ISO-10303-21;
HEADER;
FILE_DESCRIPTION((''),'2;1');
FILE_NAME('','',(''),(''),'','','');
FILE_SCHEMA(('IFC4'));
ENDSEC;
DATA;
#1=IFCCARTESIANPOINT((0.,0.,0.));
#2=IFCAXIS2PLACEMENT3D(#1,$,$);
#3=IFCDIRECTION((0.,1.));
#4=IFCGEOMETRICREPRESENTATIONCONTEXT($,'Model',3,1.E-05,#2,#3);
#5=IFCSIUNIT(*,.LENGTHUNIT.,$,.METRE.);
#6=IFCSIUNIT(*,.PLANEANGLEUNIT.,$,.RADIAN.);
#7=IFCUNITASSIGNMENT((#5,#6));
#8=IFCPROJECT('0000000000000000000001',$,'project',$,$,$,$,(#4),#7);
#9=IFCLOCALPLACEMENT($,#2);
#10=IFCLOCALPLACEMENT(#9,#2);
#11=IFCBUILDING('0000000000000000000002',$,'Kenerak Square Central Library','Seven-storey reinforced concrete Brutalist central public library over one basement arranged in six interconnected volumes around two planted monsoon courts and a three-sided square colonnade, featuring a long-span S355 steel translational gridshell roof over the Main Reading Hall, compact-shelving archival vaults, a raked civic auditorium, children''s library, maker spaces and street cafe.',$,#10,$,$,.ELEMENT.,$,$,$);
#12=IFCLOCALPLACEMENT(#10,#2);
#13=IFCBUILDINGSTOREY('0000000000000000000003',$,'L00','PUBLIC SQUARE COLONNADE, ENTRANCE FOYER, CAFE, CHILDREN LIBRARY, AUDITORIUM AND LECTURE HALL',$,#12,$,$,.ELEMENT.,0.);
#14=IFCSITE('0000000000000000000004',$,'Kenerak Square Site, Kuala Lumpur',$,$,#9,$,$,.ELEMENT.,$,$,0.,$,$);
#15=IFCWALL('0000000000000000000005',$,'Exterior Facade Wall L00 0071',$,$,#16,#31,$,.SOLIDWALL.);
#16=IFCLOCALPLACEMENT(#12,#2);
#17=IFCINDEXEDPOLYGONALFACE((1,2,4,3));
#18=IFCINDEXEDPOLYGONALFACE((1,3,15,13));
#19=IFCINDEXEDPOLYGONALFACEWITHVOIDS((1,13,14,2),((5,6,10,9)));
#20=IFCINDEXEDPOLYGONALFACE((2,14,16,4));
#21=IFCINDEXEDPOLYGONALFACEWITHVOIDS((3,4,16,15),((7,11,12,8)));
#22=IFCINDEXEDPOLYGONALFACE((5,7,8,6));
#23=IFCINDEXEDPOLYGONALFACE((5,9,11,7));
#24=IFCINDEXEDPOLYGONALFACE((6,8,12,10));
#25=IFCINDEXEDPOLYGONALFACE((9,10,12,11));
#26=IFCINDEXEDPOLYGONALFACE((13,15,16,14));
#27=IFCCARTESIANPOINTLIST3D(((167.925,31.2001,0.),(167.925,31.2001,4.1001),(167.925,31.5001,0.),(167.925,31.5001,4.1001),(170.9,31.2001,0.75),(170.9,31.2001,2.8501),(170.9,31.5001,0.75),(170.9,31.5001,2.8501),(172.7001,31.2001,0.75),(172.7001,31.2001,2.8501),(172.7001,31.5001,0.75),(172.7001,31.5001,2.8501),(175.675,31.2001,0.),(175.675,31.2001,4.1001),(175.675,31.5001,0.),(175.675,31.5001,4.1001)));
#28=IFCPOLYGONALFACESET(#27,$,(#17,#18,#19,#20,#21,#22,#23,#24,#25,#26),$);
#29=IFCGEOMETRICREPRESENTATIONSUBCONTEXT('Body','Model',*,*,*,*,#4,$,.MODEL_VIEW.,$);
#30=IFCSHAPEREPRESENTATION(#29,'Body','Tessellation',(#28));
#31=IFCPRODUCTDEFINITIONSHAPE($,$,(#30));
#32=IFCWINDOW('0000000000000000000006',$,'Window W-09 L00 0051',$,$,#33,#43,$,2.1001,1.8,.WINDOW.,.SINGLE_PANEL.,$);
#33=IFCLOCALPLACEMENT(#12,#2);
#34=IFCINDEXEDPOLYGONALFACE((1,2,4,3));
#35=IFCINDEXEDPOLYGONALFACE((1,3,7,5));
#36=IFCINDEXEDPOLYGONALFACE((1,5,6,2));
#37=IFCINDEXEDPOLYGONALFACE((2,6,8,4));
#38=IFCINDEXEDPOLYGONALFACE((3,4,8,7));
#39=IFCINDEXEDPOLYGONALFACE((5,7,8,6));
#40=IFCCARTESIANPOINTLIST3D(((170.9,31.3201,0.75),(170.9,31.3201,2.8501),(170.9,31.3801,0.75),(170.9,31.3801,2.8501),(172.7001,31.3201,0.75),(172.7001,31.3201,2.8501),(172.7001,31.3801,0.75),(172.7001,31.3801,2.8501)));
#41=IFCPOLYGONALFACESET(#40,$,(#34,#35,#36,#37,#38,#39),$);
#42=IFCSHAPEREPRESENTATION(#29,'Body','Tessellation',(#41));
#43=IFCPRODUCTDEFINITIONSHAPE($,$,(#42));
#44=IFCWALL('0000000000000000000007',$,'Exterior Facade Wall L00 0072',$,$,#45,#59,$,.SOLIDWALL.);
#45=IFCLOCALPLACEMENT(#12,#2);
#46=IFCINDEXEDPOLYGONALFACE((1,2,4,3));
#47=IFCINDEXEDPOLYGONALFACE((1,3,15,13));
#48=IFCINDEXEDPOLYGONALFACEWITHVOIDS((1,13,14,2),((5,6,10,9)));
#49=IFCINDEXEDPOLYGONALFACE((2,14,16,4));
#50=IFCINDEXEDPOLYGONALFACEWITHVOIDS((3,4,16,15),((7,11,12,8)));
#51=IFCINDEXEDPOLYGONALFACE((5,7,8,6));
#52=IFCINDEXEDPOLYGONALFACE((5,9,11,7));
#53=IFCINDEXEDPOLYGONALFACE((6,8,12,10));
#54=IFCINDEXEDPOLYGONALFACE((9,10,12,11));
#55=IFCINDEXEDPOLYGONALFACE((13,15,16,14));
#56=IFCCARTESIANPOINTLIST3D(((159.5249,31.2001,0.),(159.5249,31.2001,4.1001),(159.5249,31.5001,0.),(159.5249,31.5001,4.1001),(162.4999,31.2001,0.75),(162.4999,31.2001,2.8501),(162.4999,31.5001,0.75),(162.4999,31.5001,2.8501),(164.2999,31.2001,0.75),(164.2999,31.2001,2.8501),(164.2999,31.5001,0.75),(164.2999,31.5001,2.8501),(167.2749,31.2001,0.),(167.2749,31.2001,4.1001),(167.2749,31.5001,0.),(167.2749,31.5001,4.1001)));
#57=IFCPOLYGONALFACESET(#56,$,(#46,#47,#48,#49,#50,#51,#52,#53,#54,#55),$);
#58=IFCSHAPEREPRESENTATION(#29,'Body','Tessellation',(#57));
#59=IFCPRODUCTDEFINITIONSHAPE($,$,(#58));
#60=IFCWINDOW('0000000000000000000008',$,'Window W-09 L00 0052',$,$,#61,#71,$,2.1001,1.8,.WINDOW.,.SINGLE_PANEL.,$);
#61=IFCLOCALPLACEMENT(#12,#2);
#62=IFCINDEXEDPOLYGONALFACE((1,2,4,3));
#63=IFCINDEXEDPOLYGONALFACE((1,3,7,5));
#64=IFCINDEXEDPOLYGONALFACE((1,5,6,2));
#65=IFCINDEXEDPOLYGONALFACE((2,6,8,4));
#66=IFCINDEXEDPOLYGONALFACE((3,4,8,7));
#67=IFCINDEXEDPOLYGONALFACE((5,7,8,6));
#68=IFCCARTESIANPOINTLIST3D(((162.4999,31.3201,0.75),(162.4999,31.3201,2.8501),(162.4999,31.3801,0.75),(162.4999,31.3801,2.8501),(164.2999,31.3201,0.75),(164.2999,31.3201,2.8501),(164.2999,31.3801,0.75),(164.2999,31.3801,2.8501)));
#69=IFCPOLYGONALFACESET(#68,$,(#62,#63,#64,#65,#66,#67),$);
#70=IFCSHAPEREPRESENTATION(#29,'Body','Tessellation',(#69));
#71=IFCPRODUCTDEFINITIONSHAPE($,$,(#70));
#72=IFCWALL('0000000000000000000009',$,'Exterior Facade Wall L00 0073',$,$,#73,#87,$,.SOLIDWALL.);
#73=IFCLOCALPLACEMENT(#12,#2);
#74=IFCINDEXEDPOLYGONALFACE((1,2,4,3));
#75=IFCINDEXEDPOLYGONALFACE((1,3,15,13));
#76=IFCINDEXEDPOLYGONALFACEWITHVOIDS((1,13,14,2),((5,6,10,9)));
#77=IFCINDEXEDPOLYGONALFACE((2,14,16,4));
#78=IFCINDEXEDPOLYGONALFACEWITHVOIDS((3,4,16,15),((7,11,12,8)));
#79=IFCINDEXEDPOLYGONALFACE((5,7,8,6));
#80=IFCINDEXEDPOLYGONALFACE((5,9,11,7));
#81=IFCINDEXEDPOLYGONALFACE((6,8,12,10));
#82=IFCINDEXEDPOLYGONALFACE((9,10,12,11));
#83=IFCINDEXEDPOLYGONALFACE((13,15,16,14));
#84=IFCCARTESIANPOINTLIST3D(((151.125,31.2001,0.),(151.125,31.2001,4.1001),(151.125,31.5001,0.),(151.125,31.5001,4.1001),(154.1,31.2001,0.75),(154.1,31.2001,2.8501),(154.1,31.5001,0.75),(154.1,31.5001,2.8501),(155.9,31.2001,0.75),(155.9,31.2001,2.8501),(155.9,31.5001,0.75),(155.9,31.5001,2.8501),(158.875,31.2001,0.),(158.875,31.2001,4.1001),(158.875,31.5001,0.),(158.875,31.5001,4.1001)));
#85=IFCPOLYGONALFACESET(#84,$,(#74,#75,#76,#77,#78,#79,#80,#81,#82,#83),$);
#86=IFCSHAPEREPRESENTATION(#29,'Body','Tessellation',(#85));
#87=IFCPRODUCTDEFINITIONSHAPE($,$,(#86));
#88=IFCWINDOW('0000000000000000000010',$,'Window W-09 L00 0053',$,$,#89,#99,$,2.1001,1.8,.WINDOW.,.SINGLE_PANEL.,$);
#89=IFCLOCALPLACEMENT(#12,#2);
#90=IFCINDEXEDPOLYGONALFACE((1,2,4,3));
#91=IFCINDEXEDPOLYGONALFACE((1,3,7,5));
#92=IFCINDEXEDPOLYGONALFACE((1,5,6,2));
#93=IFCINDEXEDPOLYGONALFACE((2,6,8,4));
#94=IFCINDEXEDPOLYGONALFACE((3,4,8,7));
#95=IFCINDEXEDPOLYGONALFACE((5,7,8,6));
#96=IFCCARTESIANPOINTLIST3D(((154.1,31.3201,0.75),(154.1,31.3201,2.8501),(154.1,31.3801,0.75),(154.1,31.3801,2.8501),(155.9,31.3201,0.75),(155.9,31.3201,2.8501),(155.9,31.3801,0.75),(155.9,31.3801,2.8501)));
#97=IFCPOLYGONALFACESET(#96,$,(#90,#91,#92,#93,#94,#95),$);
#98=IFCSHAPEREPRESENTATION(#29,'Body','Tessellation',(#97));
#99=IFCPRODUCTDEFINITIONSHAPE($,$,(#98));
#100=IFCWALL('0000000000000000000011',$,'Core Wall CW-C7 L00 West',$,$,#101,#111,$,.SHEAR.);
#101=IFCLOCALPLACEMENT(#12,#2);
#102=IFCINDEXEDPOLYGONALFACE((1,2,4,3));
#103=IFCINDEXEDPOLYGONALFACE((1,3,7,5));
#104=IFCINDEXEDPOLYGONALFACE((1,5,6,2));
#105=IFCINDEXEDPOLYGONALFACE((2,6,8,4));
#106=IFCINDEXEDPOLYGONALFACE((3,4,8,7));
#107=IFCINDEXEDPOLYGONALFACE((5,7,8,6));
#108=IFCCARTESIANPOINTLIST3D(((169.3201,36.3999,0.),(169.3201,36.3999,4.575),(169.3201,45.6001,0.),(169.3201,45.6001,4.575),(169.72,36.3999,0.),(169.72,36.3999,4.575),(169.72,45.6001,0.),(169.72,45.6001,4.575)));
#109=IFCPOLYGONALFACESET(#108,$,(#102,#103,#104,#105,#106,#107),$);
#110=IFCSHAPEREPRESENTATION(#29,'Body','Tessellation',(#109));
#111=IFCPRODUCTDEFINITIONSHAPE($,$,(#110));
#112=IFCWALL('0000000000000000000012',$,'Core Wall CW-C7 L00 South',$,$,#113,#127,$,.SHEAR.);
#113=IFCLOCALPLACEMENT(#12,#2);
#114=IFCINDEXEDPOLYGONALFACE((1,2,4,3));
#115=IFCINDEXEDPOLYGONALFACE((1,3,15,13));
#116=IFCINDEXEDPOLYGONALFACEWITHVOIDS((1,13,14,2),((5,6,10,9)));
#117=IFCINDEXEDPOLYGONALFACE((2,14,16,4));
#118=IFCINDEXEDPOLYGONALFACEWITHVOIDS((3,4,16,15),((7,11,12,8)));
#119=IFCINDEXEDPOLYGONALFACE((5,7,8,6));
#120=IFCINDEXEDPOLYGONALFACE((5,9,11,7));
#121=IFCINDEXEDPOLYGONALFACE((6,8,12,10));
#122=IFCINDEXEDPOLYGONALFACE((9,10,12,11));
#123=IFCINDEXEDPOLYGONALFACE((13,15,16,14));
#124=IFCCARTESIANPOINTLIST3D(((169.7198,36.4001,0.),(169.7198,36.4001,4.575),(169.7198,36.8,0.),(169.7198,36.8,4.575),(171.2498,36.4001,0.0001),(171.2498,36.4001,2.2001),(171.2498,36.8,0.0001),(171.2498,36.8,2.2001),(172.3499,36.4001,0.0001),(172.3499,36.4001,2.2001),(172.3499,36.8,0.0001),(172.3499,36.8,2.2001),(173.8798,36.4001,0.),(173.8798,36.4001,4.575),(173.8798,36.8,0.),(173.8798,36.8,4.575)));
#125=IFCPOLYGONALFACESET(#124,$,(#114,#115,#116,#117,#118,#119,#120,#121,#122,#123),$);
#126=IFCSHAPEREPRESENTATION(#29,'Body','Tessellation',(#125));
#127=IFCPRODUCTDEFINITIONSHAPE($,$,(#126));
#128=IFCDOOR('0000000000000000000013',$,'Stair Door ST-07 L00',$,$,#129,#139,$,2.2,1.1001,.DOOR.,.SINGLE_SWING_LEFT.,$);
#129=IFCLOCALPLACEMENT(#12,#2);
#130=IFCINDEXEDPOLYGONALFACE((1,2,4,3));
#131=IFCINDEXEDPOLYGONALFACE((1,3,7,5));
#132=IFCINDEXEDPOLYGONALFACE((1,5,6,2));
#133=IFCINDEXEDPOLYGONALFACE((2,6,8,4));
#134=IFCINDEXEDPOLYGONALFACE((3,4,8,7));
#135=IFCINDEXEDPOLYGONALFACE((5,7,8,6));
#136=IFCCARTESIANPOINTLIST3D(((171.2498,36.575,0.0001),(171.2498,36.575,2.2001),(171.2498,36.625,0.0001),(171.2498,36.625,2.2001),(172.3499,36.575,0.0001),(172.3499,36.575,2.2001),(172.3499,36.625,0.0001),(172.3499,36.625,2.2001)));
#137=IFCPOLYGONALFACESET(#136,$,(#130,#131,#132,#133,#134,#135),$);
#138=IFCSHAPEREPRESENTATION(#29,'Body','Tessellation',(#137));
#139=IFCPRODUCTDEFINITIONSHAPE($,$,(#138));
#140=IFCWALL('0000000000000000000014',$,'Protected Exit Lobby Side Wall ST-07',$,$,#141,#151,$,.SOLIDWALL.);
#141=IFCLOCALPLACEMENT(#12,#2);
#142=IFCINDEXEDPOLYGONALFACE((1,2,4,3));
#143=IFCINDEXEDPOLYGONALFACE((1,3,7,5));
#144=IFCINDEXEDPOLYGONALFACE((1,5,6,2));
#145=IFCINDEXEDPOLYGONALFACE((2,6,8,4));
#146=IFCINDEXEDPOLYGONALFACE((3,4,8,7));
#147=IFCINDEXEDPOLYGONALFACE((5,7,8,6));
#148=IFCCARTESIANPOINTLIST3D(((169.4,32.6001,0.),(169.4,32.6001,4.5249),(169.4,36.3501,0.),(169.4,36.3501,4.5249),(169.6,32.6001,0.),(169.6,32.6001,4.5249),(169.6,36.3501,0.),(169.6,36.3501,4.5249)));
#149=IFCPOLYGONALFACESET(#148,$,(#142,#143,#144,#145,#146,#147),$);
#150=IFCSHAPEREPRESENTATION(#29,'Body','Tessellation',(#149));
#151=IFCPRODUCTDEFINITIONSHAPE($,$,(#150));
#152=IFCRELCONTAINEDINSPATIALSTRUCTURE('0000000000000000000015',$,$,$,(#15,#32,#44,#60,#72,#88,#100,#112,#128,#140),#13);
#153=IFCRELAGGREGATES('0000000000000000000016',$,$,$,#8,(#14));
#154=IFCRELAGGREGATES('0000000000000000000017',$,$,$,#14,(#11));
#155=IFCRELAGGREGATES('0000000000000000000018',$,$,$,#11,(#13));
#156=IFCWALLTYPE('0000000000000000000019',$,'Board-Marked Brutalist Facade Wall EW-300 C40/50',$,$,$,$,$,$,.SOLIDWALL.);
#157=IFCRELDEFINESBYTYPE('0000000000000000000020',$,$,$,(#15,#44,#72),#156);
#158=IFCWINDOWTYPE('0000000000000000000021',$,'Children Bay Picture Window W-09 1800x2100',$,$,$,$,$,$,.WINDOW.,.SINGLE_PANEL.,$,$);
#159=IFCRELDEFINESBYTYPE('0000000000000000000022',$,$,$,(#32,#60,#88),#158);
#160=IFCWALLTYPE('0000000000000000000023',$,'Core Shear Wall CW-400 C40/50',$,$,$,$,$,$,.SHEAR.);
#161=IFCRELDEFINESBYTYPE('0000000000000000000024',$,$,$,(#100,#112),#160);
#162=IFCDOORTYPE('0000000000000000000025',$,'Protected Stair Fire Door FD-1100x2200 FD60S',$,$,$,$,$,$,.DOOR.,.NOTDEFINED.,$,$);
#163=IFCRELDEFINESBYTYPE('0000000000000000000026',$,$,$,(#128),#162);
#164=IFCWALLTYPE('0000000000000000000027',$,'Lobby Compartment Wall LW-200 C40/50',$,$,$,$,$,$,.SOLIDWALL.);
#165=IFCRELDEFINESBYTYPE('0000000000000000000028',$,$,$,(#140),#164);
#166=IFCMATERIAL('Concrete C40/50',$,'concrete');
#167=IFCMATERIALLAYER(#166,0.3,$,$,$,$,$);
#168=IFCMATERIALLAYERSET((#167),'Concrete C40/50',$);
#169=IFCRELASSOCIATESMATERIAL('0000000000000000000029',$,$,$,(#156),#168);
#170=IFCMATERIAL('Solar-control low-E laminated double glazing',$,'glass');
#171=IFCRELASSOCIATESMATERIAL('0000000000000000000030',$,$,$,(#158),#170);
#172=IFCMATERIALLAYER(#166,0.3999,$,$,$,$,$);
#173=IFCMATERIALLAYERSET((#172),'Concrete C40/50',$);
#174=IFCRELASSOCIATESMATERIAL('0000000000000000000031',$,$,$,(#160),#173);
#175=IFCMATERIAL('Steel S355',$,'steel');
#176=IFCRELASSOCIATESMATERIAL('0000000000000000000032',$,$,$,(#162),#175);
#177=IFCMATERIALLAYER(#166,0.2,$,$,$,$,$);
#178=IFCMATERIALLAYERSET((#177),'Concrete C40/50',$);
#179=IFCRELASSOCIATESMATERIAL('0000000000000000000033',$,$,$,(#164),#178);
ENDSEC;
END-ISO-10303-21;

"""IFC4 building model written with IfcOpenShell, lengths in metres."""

from ifc_helpers import new_model, si_unit, direction, frame, frame_2d, origin, place, context, subcontext, project, spatial, rectangle, extrude, material, layer, layer_set, type_object, element, fill, save


model = new_model("IFC4")

# Units and contexts
model_context = context("Model", 3, precision=1e-05, world=origin(), true_north=direction((0.0, 1.0)))
body_context = subcontext(model_context, "Body", "Model", "MODEL_VIEW")
ifc_project = project(units=[si_unit("LENGTHUNIT", "METRE"), si_unit("PLANEANGLEUNIT", "RADIAN")], contexts=[model_context])

# Site, building, storey
site_placement = place(None, origin())
site = spatial("IfcSite", under=ifc_project, at=site_placement, Name="Kenerak Square Site, Kuala Lumpur", CompositionType="ELEMENT", RefElevation=0.0)
building_placement = place(site_placement, origin())
building = spatial("IfcBuilding", under=site, at=building_placement, Name="Kenerak Square Central Library", Description="Seven-storey reinforced concrete Brutalist central public library over one basement arranged in six interconnected volumes around two planted monsoon courts and a three-sided square colonnade, featuring a long-span S355 steel translational gridshell roof over the Main Reading Hall, compact-shelving archival vaults, a raked civic auditorium, children's library, maker spaces and street cafe.", CompositionType="ELEMENT")
storey_placement = place(building_placement, origin())
storey = spatial("IfcBuildingStorey", under=building, at=storey_placement, Name="L00", Description="PUBLIC SQUARE COLONNADE, ENTRANCE FOYER, CAFE, CHILDREN LIBRARY, AUDITORIUM AND LECTURE HALL", CompositionType="ELEMENT", Elevation=0.0)

# Shared definitions
ifc_material_1 = material(Name="Concrete C40/50", Category="concrete")

# Shared definitions
ifc_layer_1 = layer(ifc_material_1, 0.3)
ifc_layer_set_1 = layer_set([ifc_layer_1], Name="Concrete C40/50")
wall_type_1 = type_object("IfcWallType", Name="Board-Marked Brutalist Facade Wall EW-300 C40/50", PredefinedType="SOLIDWALL", material=ifc_layer_set_1)

# Walls, openings, windows
wall_1_placement = place(storey_placement, frame((175.675, 31.3501, 0.0), z_axis=(0.0, 0.0, 1.0), x_axis=(-1.0, 0.0, 0.0)))
wall_1 = element("IfcWall", 1, at=wall_1_placement, inside=storey, type_object=wall_type_1, Name="Exterior Facade Wall L00 0071", PredefinedType="SOLIDWALL", context=body_context, shape_type="SweptSolid", body=[
    extrude(rectangle(XDim=7.75, YDim=0.3, at=frame_2d((3.875, 0.0))), origin(), (0.0, 0.0, 1.0), 4.1001),
])
opening_1_placement = place(wall_1_placement, frame((2.9751, 0.0, 0.75)))
opening_1 = element("IfcOpeningElement", 2, at=opening_1_placement, cuts=wall_1, PredefinedType="OPENING", context=body_context, shape_type="SweptSolid", body=[
    extrude(rectangle(XDim=1.8, YDim=2.1001, at=frame_2d((0.8999, 1.05))), frame((0.0, 0.1599, 0.0), z_axis=(0.0, -1.0, 0.0), x_axis=(1.0, 0.0, 0.0)), (0.0, 0.0, 1.0), 0.3201),
])
ifc_material_2 = material(Name="Solar-control low-E laminated double glazing", Category="glass")
window_type = type_object("IfcWindowType", Name="Children Bay Picture Window W-09 1800x2100", PartitioningType="SINGLE_PANEL", PredefinedType="WINDOW", material=ifc_material_2)
window_1_placement = place(opening_1_placement, origin())
window_1 = element("IfcWindow", 3, at=window_1_placement, inside=storey, type_object=window_type, Name="Window W-09 L00 0051", OverallHeight=2.1001, OverallWidth=1.8, PartitioningType="SINGLE_PANEL", PredefinedType="WINDOW", context=body_context, shape_type="SweptSolid", body=[
    extrude(rectangle(XDim=1.8, YDim=2.1001, at=frame_2d((0.8999, 1.05))), frame((0.0, 0.03, 0.0), z_axis=(0.0, -1.0, 0.0), x_axis=(1.0, 0.0, 0.0)), (0.0, 0.0, 1.0), 0.0601),
])
fill(opening_1, window_1)
wall_2_placement = place(storey_placement, frame((167.2749, 31.3501, 0.0), z_axis=(0.0, 0.0, 1.0), x_axis=(-1.0, 0.0, 0.0)))
wall_2 = element("IfcWall", 4, at=wall_2_placement, inside=storey, type_object=wall_type_1, Name="Exterior Facade Wall L00 0072", PredefinedType="SOLIDWALL", context=body_context, shape_type="SweptSolid", body=[
    extrude(rectangle(XDim=7.75, YDim=0.3, at=frame_2d((3.875, 0.0))), origin(), (0.0, 0.0, 1.0), 4.1001),
])
opening_2_placement = place(wall_2_placement, frame((2.9751, 0.0, 0.75)))
opening_2 = element("IfcOpeningElement", 5, at=opening_2_placement, cuts=wall_2, PredefinedType="OPENING", context=body_context, shape_type="SweptSolid", body=[
    extrude(rectangle(XDim=1.8, YDim=2.1001, at=frame_2d((0.8999, 1.05))), frame((0.0, 0.1599, 0.0), z_axis=(0.0, -1.0, 0.0), x_axis=(1.0, 0.0, 0.0)), (0.0, 0.0, 1.0), 0.3201),
])
window_2_placement = place(opening_2_placement, origin())
window_2 = element("IfcWindow", 6, at=window_2_placement, inside=storey, type_object=window_type, Name="Window W-09 L00 0052", OverallHeight=2.1001, OverallWidth=1.8, PartitioningType="SINGLE_PANEL", PredefinedType="WINDOW", context=body_context, shape_type="SweptSolid", body=[
    extrude(rectangle(XDim=1.8, YDim=2.1001, at=frame_2d((0.8999, 1.05))), frame((0.0, 0.03, 0.0), z_axis=(0.0, -1.0, 0.0), x_axis=(1.0, 0.0, 0.0)), (0.0, 0.0, 1.0), 0.0601),
])
fill(opening_2, window_2)
wall_3_placement = place(storey_placement, frame((158.875, 31.3501, 0.0), z_axis=(0.0, 0.0, 1.0), x_axis=(-1.0, 0.0, 0.0)))
wall_3 = element("IfcWall", 7, at=wall_3_placement, inside=storey, type_object=wall_type_1, Name="Exterior Facade Wall L00 0073", PredefinedType="SOLIDWALL", context=body_context, shape_type="SweptSolid", body=[
    extrude(rectangle(XDim=7.75, YDim=0.3, at=frame_2d((3.875, 0.0))), origin(), (0.0, 0.0, 1.0), 4.1001),
])
opening_3_placement = place(wall_3_placement, frame((2.9751, 0.0, 0.75)))
opening_3 = element("IfcOpeningElement", 8, at=opening_3_placement, cuts=wall_3, PredefinedType="OPENING", context=body_context, shape_type="SweptSolid", body=[
    extrude(rectangle(XDim=1.8, YDim=2.1001, at=frame_2d((0.8999, 1.05))), frame((0.0, 0.1599, 0.0), z_axis=(0.0, -1.0, 0.0), x_axis=(1.0, 0.0, 0.0)), (0.0, 0.0, 1.0), 0.3201),
])
window_3_placement = place(opening_3_placement, origin())
window_3 = element("IfcWindow", 9, at=window_3_placement, inside=storey, type_object=window_type, Name="Window W-09 L00 0053", OverallHeight=2.1001, OverallWidth=1.8, PartitioningType="SINGLE_PANEL", PredefinedType="WINDOW", context=body_context, shape_type="SweptSolid", body=[
    extrude(rectangle(XDim=1.8, YDim=2.1001, at=frame_2d((0.8999, 1.05))), frame((0.0, 0.03, 0.0), z_axis=(0.0, -1.0, 0.0), x_axis=(1.0, 0.0, 0.0)), (0.0, 0.0, 1.0), 0.0601),
])
fill(opening_3, window_3)

# Wall
ifc_layer_2 = layer(ifc_material_1, 0.3999)
ifc_layer_set_2 = layer_set([ifc_layer_2], Name="Concrete C40/50")
wall_type_2 = type_object("IfcWallType", Name="Core Shear Wall CW-400 C40/50", PredefinedType="SHEAR", material=ifc_layer_set_2)
wall_4_placement = place(storey_placement, frame((169.52, 36.3999, 0.0), z_axis=(0.0, 0.0, 1.0), x_axis=(0.0, 1.0, 0.0)))
element("IfcWall", 10, at=wall_4_placement, inside=storey, type_object=wall_type_2, Name="Core Wall CW-C7 L00 West", PredefinedType="SHEAR", context=body_context, shape_type="SweptSolid", body=[
    extrude(rectangle(XDim=9.2002, YDim=0.3999, at=frame_2d((4.6001, 0.0))), origin(), (0.0, 0.0, 1.0), 4.575),
])

# Wall, opening, door
wall_5_placement = place(storey_placement, frame((173.8799, 36.6001, 0.0), z_axis=(0.0, 0.0, 1.0), x_axis=(-1.0, 0.0, 0.0)))
wall_5 = element("IfcWall", 11, at=wall_5_placement, inside=storey, type_object=wall_type_2, Name="Core Wall CW-C7 L00 South", PredefinedType="SHEAR", context=body_context, shape_type="SweptSolid", body=[
    extrude(rectangle(XDim=4.1599, YDim=0.3999, at=frame_2d((2.0801, 0.0))), origin(), (0.0, 0.0, 1.0), 4.575),
])
opening_4_placement = place(wall_5_placement, frame((1.53, 0.0, 0.0)))
opening_4 = element("IfcOpeningElement", 12, at=opening_4_placement, cuts=wall_5, PredefinedType="OPENING", context=body_context, shape_type="SweptSolid", body=[
    extrude(rectangle(XDim=1.1001, YDim=2.2, at=frame_2d((0.55, 1.1001))), frame((0.0, 0.21, 0.0), z_axis=(0.0, -1.0, 0.0), x_axis=(1.0, 0.0, 0.0)), (0.0, 0.0, 1.0), 0.4199),
])
ifc_material_3 = material(Name="Steel S355", Category="steel")
door_type_1 = type_object("IfcDoorType", Name="Protected Stair Fire Door FD-1100x2200 FD60S", OperationType="NOTDEFINED", PredefinedType="DOOR", material=ifc_material_3)
door_1_placement = place(opening_4_placement, frame((1.1001, 0.0, 0.0), z_axis=(0.0, 0.0, 1.0), x_axis=(-1.0, 0.0, 0.0)))
door_1 = element("IfcDoor", 13, at=door_1_placement, inside=storey, type_object=door_type_1, Name="Stair Door ST-07 L00", OperationType="SINGLE_SWING_LEFT", OverallHeight=2.2, OverallWidth=1.1001, PredefinedType="DOOR", context=body_context, shape_type="SweptSolid", body=[
    extrude(rectangle(XDim=1.1001, YDim=2.2, at=frame_2d((0.55, 1.1001))), frame((0.0, 0.0249, 0.0), z_axis=(0.0, -1.0, 0.0), x_axis=(1.0, 0.0, 0.0)), (0.0, 0.0, 1.0), 0.05),
])
fill(opening_4, door_1)

# Wall
ifc_layer_3 = layer(ifc_material_1, 0.2)
ifc_layer_set_3 = layer_set([ifc_layer_3], Name="Concrete C40/50")
wall_type_3 = type_object("IfcWallType", Name="Lobby Compartment Wall LW-200 C40/50", PredefinedType="SOLIDWALL", material=ifc_layer_set_3)
wall_6_placement = place(storey_placement, frame((169.5, 32.6001, 0.0), z_axis=(0.0, 0.0, 1.0), x_axis=(0.0, 1.0, 0.0)))
element("IfcWall", 14, at=wall_6_placement, inside=storey, type_object=wall_type_3, Name="Protected Exit Lobby Side Wall ST-07", PredefinedType="SOLIDWALL", context=body_context, shape_type="SweptSolid", body=[
    extrude(rectangle(XDim=3.75, YDim=0.2, at=frame_2d((1.875, 0.0))), origin(), (0.0, 0.0, 1.0), 4.5249),
])

save(model, "model.ifc")
